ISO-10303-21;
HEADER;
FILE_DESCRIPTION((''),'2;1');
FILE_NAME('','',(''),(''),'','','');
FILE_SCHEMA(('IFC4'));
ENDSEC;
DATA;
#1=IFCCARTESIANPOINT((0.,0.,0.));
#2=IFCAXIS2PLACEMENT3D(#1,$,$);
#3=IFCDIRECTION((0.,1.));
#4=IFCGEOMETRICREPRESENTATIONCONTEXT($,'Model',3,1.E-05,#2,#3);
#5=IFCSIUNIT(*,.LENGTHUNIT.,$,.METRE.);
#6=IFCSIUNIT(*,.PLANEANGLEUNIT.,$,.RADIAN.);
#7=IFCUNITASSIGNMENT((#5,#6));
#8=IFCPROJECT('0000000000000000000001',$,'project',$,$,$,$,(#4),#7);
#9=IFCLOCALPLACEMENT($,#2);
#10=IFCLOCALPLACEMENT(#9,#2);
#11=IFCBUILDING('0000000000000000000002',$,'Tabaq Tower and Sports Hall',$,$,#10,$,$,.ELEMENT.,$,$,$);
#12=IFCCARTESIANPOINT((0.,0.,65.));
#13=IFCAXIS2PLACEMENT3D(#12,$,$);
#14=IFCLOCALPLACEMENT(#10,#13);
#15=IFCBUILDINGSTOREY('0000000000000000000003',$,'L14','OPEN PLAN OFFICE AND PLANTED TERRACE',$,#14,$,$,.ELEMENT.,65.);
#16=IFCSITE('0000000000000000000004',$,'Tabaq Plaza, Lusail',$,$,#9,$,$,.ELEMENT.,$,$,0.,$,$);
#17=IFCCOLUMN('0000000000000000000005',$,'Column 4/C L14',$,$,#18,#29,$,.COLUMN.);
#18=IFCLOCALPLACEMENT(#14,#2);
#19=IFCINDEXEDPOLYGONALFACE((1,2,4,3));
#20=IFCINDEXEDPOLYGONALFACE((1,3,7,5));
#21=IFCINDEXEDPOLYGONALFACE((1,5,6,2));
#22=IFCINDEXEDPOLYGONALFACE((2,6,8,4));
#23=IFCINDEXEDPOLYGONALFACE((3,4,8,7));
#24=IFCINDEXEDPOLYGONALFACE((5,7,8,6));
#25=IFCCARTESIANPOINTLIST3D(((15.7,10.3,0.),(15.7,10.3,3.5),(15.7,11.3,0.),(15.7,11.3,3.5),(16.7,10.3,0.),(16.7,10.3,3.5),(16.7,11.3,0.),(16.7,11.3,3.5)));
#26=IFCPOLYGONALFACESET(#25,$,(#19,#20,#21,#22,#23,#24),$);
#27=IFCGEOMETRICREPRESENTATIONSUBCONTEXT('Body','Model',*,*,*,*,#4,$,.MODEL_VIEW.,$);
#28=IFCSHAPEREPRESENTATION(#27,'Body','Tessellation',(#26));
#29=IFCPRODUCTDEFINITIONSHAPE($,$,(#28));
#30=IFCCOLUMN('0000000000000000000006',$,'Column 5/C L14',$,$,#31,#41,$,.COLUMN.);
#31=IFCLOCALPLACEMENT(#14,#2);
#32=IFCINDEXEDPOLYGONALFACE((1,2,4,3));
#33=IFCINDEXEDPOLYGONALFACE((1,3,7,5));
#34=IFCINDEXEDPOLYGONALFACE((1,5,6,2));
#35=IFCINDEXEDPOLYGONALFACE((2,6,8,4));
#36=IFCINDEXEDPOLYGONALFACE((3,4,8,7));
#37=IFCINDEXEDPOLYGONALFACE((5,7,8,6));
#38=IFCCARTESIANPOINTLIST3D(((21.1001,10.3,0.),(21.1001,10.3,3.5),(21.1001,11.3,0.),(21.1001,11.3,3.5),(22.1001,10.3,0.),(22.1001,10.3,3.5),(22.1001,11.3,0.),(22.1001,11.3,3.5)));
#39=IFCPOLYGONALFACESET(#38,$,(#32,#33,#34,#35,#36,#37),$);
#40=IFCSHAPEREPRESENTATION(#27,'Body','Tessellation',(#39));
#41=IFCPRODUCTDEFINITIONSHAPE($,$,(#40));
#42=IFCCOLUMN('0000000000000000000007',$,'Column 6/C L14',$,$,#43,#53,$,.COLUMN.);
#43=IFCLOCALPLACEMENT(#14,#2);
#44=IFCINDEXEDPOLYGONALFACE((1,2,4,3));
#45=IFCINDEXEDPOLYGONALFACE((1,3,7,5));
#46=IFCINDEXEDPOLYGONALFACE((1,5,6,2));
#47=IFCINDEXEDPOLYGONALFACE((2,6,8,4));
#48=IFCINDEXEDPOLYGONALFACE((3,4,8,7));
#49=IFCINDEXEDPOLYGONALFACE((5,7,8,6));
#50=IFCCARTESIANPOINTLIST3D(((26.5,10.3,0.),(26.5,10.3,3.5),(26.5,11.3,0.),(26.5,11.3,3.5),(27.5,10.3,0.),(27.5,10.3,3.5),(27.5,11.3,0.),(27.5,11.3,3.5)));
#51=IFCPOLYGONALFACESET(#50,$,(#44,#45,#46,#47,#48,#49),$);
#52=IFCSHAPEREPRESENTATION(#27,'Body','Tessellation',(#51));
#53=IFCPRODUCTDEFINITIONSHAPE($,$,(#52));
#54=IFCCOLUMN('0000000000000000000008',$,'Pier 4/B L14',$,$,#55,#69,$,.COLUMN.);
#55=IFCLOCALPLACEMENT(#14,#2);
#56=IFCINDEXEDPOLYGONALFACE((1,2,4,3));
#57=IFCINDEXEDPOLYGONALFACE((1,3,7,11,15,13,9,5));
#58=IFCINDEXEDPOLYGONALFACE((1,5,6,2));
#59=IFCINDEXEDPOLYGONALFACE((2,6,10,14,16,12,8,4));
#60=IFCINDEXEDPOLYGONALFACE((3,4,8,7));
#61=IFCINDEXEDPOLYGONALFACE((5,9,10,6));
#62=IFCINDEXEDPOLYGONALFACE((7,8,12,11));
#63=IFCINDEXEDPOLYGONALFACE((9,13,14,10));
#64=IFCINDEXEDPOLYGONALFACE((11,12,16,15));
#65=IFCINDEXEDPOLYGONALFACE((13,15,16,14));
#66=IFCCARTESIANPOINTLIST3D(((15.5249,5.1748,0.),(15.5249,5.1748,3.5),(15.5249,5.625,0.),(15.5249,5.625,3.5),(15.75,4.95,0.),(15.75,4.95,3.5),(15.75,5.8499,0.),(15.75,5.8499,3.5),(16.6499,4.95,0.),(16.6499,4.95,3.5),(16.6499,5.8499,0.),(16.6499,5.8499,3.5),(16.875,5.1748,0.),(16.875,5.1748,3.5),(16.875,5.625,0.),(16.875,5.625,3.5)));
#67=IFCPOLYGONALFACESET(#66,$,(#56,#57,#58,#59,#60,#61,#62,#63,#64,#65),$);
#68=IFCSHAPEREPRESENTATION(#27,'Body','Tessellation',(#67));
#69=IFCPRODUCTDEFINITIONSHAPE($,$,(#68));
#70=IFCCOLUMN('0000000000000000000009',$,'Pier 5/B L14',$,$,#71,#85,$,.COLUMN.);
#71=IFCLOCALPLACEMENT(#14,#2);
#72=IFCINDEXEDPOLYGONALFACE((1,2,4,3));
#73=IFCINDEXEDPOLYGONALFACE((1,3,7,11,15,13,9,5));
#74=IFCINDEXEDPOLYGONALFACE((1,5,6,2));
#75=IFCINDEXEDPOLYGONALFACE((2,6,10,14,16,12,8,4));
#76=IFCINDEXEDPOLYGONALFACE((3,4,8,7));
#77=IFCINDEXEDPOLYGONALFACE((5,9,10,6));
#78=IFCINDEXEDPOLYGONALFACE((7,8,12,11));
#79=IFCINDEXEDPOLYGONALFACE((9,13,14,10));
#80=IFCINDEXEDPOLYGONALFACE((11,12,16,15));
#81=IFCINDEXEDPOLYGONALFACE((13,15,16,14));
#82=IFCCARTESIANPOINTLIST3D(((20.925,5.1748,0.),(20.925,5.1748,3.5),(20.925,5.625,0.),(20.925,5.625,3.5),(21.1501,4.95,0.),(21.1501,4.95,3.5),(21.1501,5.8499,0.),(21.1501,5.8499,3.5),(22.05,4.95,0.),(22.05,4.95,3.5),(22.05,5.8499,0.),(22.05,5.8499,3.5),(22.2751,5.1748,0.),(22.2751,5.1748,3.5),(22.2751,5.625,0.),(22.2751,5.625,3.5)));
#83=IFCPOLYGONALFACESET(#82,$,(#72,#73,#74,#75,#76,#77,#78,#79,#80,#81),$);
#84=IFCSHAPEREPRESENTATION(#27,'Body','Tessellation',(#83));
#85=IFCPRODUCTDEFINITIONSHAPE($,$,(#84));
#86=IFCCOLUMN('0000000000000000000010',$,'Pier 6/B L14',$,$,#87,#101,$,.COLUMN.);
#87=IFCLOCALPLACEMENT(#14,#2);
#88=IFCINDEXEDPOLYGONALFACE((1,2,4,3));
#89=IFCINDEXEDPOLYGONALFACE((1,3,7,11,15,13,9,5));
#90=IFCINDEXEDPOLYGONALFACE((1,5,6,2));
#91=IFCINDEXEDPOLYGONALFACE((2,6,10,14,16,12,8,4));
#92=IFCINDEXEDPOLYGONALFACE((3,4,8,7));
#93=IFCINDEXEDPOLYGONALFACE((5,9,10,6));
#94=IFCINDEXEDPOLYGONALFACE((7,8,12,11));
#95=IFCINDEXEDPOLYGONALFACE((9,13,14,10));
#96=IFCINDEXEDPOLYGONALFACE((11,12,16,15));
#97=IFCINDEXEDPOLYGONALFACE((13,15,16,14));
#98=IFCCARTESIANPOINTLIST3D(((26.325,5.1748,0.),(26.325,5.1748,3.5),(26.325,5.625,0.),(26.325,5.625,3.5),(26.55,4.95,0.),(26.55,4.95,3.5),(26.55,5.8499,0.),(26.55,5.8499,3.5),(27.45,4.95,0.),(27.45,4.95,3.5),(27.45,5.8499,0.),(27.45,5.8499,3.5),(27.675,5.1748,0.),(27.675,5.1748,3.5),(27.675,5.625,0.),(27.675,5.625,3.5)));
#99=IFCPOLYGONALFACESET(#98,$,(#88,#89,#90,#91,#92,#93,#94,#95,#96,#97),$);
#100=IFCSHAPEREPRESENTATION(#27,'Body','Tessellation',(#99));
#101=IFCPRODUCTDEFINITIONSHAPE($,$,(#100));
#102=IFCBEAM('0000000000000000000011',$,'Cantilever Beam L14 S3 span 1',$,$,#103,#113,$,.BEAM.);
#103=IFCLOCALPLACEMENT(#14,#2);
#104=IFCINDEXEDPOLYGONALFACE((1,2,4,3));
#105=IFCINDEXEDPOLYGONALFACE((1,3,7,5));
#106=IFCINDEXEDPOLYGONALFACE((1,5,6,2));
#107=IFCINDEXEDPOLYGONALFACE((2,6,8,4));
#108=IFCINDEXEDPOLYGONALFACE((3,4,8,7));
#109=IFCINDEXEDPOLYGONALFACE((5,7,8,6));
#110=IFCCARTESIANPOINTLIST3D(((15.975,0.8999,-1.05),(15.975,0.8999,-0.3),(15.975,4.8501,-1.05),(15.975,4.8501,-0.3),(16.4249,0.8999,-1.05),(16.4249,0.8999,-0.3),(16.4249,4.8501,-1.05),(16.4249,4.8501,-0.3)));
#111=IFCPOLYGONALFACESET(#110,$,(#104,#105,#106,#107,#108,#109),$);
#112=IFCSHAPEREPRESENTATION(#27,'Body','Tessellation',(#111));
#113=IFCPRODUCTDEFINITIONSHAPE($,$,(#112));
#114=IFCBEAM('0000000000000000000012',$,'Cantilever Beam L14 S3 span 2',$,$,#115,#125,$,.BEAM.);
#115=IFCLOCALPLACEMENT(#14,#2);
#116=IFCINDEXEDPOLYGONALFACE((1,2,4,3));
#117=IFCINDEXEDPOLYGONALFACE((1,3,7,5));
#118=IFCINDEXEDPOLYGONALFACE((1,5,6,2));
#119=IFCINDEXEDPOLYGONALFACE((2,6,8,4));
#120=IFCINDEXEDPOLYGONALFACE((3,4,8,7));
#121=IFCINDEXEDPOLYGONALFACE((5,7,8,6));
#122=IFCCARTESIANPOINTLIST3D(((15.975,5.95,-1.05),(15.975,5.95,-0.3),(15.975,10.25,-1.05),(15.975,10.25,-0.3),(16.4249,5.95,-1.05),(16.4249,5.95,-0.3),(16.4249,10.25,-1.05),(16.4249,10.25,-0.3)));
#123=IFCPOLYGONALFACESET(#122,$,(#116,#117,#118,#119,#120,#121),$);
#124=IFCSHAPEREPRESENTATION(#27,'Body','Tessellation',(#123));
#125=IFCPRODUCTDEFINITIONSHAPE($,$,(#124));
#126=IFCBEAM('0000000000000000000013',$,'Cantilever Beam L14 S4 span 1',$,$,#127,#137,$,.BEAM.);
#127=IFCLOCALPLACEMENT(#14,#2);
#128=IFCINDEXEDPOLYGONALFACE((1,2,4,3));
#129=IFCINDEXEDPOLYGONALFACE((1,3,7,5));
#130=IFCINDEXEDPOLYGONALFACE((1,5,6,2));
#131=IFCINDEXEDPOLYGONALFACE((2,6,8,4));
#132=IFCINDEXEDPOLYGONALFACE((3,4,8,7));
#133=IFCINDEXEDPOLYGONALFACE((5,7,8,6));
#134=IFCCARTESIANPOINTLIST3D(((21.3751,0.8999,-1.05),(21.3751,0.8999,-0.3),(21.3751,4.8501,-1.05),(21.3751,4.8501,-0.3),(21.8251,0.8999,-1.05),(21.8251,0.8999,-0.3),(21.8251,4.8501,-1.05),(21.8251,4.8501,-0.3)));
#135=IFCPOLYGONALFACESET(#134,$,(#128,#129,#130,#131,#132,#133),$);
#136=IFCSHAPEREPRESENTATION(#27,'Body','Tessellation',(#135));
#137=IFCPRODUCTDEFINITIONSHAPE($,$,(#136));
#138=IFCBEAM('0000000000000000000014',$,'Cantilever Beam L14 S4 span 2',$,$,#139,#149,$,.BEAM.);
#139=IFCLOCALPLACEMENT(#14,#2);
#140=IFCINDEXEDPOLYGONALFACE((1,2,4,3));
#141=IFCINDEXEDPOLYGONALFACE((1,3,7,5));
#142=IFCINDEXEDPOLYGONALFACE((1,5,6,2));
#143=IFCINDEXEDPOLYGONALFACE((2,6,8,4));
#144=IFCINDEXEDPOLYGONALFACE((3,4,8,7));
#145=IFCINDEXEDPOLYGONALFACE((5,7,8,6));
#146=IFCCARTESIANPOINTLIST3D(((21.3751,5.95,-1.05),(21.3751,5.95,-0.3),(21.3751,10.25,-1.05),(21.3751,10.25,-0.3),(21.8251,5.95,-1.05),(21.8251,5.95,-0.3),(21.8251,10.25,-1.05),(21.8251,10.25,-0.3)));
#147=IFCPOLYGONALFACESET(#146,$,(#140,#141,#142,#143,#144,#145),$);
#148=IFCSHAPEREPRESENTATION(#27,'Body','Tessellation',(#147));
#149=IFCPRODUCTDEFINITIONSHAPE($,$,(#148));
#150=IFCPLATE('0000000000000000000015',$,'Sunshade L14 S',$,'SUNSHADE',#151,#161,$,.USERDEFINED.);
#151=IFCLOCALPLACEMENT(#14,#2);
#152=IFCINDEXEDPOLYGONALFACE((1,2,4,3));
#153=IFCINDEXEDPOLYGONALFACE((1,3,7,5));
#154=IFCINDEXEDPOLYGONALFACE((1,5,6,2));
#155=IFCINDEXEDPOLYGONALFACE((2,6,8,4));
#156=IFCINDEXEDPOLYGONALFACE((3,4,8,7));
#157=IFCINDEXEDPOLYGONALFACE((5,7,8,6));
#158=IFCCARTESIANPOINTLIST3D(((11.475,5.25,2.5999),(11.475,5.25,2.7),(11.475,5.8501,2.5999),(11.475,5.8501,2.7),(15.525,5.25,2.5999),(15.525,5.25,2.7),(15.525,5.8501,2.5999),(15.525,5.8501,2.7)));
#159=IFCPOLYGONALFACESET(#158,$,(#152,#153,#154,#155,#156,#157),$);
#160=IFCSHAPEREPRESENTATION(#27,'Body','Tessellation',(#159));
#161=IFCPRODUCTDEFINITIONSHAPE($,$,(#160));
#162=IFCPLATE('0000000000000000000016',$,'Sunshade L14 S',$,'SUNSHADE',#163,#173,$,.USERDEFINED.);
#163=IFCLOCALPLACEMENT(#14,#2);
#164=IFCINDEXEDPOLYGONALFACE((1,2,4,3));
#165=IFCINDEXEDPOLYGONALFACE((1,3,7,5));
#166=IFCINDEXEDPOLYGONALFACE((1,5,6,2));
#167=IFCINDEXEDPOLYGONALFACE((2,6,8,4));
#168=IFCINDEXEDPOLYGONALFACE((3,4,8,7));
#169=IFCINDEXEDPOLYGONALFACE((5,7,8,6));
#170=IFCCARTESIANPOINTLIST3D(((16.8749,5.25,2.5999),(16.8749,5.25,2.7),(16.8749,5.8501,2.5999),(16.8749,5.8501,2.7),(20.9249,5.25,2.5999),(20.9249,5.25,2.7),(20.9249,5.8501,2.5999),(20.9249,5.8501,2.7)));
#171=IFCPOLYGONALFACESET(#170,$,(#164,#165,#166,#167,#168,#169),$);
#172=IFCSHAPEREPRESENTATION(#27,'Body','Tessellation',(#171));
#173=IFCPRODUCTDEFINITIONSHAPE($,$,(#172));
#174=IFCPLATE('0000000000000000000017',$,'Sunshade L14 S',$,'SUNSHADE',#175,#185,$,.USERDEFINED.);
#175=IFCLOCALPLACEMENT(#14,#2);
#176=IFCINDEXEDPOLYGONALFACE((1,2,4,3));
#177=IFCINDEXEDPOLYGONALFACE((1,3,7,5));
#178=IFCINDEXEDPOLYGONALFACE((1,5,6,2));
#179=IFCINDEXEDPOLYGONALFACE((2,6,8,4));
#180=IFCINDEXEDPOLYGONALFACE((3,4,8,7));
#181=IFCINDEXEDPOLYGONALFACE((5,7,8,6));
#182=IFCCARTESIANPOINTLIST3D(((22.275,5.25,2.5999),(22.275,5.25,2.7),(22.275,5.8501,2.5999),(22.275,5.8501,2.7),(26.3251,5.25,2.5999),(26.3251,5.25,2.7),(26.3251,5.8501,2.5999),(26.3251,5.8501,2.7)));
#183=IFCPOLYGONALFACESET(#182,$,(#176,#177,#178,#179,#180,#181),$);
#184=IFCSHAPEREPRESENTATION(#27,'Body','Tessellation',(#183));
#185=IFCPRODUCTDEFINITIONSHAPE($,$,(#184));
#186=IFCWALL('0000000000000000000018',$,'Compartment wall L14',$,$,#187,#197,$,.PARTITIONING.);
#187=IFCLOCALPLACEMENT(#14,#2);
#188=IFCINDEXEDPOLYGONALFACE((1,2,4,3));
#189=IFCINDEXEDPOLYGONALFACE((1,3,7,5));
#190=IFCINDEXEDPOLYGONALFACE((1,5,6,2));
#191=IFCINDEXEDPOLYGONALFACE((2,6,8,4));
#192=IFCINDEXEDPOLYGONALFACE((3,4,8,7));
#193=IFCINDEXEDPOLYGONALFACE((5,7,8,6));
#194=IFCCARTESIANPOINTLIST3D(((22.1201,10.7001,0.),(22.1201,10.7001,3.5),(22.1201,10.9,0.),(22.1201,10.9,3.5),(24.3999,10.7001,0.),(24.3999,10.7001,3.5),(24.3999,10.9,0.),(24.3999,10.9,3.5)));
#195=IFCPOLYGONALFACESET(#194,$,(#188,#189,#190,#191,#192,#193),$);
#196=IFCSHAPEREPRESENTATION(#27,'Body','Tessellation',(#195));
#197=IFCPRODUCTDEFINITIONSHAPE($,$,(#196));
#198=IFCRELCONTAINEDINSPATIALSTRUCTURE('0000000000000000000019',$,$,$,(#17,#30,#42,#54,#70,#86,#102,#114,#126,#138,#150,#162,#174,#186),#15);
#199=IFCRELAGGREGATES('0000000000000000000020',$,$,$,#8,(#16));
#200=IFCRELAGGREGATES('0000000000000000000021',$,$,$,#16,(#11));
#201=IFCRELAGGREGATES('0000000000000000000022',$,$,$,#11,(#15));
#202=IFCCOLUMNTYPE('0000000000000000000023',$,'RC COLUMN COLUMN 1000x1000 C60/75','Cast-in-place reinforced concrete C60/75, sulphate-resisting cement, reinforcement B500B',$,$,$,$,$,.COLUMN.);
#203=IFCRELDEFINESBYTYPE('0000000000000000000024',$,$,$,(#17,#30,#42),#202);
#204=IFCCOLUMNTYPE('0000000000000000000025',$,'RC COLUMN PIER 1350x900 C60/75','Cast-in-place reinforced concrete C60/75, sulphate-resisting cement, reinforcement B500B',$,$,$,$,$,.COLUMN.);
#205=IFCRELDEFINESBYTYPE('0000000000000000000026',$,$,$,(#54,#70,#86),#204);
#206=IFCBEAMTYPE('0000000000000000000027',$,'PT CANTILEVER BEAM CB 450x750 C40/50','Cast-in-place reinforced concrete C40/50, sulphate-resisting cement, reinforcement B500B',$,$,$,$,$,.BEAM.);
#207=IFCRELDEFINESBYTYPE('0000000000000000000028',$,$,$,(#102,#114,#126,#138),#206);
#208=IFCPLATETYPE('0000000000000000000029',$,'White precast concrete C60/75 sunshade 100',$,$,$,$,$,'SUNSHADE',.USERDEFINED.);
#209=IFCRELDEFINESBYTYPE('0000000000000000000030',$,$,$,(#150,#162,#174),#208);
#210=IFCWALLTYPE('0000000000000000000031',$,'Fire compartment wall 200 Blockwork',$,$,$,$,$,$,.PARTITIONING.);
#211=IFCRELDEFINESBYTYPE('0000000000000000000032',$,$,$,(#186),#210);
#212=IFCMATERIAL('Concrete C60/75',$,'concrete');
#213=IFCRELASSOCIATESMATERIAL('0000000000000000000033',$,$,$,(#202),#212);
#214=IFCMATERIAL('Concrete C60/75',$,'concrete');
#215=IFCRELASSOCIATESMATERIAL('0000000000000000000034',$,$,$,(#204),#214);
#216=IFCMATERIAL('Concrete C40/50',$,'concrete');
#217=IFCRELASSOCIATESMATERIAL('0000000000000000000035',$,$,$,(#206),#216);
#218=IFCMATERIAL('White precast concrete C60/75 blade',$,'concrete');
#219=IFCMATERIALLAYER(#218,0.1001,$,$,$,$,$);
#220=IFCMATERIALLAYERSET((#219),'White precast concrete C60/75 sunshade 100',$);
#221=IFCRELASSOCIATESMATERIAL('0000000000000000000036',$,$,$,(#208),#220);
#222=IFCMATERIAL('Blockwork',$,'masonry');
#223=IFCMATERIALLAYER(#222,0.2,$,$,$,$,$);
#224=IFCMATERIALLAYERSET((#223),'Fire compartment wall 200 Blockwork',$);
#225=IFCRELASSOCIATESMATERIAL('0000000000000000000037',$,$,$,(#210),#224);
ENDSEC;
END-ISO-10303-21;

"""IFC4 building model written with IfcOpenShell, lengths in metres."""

from ifc_helpers import new_model, si_unit, direction, frame, frame_2d, origin, origin_2d, place, context, subcontext, project, spatial, polyline, rectangle, outline, extrude, material, layer, layer_set, material_profile, profile_set, type_object, element, save


model = new_model("IFC4")

# Units and contexts
model_context = context("Model", 3, precision=1e-05, world=origin(), true_north=direction((0.0, 1.0)))
body_context = subcontext(model_context, "Body", "Model", "MODEL_VIEW")
ifc_project = project(units=[si_unit("LENGTHUNIT", "METRE"), si_unit("PLANEANGLEUNIT", "RADIAN")], contexts=[model_context])

# Site, building, storey
site_placement = place(None, origin())
site = spatial("IfcSite", under=ifc_project, at=site_placement, Name="Tabaq Plaza, Lusail", CompositionType="ELEMENT", RefElevation=0.0)
building_placement = place(site_placement, origin())
building = spatial("IfcBuilding", under=site, at=building_placement, Name="Tabaq Tower and Sports Hall", CompositionType="ELEMENT")
storey_placement = place(building_placement, frame((0.0, 0.0, 65.0)))
storey = spatial("IfcBuildingStorey", under=building, at=storey_placement, Name="L14", Description="OPEN PLAN OFFICE AND PLANTED TERRACE", CompositionType="ELEMENT", Elevation=65.0)

# Columns
ifc_material_1 = material(Name="Concrete C60/75", Category="concrete")
ifc_material_profile_1 = material_profile(ifc_material_1, rectangle(XDim=1.0, YDim=1.0, at=origin_2d()), Name="COLUMN 1000x1000")
ifc_profile_set_1 = profile_set([ifc_material_profile_1], Name="Concrete C60/75")
column_type_1 = type_object("IfcColumnType", Name="RC COLUMN COLUMN 1000x1000 C60/75", Description="Cast-in-place reinforced concrete C60/75, sulphate-resisting cement, reinforcement B500B", PredefinedType="COLUMN", material=ifc_profile_set_1)
for number, where, z_axis, x_axis, name in (
    (1, (16.2, 10.8, 0.0), (0.0, 0.0, 1.0), (1.0, 0.0, 0.0), "Column 4/C L14"),
    (2, (21.6001, 10.8, 0.0), (0.0, 0.0, 1.0), (1.0, 0.0, 0.0), "Column 5/C L14"),
    (3, (27.0, 10.8, 0.0), (0.0, 0.0, 1.0), (1.0, 0.0, 0.0), "Column 6/C L14"),
):
    element("IfcColumn", number, at=place(storey_placement, frame(where, z_axis=z_axis, x_axis=x_axis)), inside=storey, type_object=column_type_1, Name=name, PredefinedType="COLUMN", context=body_context, shape_type="SweptSolid", body=[
        extrude(rectangle(XDim=1.0, YDim=1.0, at=origin_2d()), origin(), (0.0, 0.0, 1.0), 3.5),
    ])
ifc_material_2 = material(Name="Concrete C60/75", Category="concrete")
ifc_material_profile_2 = material_profile(ifc_material_2, outline(polyline([(-0.45, -0.45), (0.45, -0.45), (0.675, -0.2251), (0.675, 0.2251), (0.45, 0.45), (-0.45, 0.45), (-0.675, 0.2251), (-0.675, -0.2251), (-0.45, -0.45)])), Name="PIER 1350x900")
ifc_profile_set_2 = profile_set([ifc_material_profile_2], Name="Concrete C60/75")
column_type_2 = type_object("IfcColumnType", Name="RC COLUMN PIER 1350x900 C60/75", Description="Cast-in-place reinforced concrete C60/75, sulphate-resisting cement, reinforcement B500B", PredefinedType="COLUMN", material=ifc_profile_set_2)
for number, where, z_axis, x_axis, name in (
    (4, (16.2, 5.3999, 0.0), (0.0, 0.0, 1.0), (1.0, 0.0, 0.0), "Pier 4/B L14"),
    (5, (21.6001, 5.3999, 0.0), (0.0, 0.0, 1.0), (1.0, 0.0, 0.0), "Pier 5/B L14"),
    (6, (27.0, 5.3999, 0.0), (0.0, 0.0, 1.0), (1.0, 0.0, 0.0), "Pier 6/B L14"),
):
    element("IfcColumn", number, at=place(storey_placement, frame(where, z_axis=z_axis, x_axis=x_axis)), inside=storey, type_object=column_type_2, Name=name, PredefinedType="COLUMN", context=body_context, shape_type="SweptSolid", body=[
        extrude(outline(polyline([(-0.45, -0.45), (0.45, -0.45), (0.675, -0.2251), (0.675, 0.2251), (0.45, 0.45), (-0.45, 0.45), (-0.675, 0.2251), (-0.675, -0.2251), (-0.45, -0.45)])), origin(), (0.0, 0.0, 1.0), 3.5),
    ])

# Beams
ifc_material_3 = material(Name="Concrete C40/50", Category="concrete")
ifc_material_profile_3 = material_profile(ifc_material_3, rectangle(XDim=0.45, YDim=0.75, at=origin_2d()), Name="CB 450x750")
ifc_profile_set_3 = profile_set([ifc_material_profile_3], Name="Concrete C40/50")
beam_type = type_object("IfcBeamType", Name="PT CANTILEVER BEAM CB 450x750 C40/50", Description="Cast-in-place reinforced concrete C40/50, sulphate-resisting cement, reinforcement B500B", PredefinedType="BEAM", material=ifc_profile_set_3)
beam_1_placement = place(storey_placement, frame((16.2, 0.8999, -0.675), z_axis=(0.0, 1.0, 0.0), x_axis=(-1.0, 0.0, 0.0)))
element("IfcBeam", 7, at=beam_1_placement, inside=storey, type_object=beam_type, Name="Cantilever Beam L14 S3 span 1", PredefinedType="BEAM", context=body_context, shape_type="SweptSolid", body=[
    extrude(rectangle(XDim=0.45, YDim=0.75, at=origin_2d()), origin(), (0.0, 0.0, 1.0), 3.9502),
])
beam_2_placement = place(storey_placement, frame((16.2, 5.95, -0.675), z_axis=(0.0, 1.0, 0.0), x_axis=(-1.0, 0.0, 0.0)))
element("IfcBeam", 8, at=beam_2_placement, inside=storey, type_object=beam_type, Name="Cantilever Beam L14 S3 span 2", PredefinedType="BEAM", context=body_context, shape_type="SweptSolid", body=[
    extrude(rectangle(XDim=0.45, YDim=0.75, at=origin_2d()), origin(), (0.0, 0.0, 1.0), 4.3),
])
beam_3_placement = place(storey_placement, frame((21.6001, 0.8999, -0.675), z_axis=(0.0, 1.0, 0.0), x_axis=(-1.0, 0.0, 0.0)))
element("IfcBeam", 9, at=beam_3_placement, inside=storey, type_object=beam_type, Name="Cantilever Beam L14 S4 span 1", PredefinedType="BEAM", context=body_context, shape_type="SweptSolid", body=[
    extrude(rectangle(XDim=0.45, YDim=0.75, at=origin_2d()), origin(), (0.0, 0.0, 1.0), 3.9502),
])
beam_4_placement = place(storey_placement, frame((21.6001, 5.95, -0.675), z_axis=(0.0, 1.0, 0.0), x_axis=(-1.0, 0.0, 0.0)))
element("IfcBeam", 10, at=beam_4_placement, inside=storey, type_object=beam_type, Name="Cantilever Beam L14 S4 span 2", PredefinedType="BEAM", context=body_context, shape_type="SweptSolid", body=[
    extrude(rectangle(XDim=0.45, YDim=0.75, at=origin_2d()), origin(), (0.0, 0.0, 1.0), 4.3),
])

# Plates
ifc_material_4 = material(Name="White precast concrete C60/75 blade", Category="concrete")
ifc_layer_1 = layer(ifc_material_4, 0.1001)
ifc_layer_set_1 = layer_set([ifc_layer_1], Name="White precast concrete C60/75 sunshade 100")
plate_type = type_object("IfcPlateType", Name="White precast concrete C60/75 sunshade 100", ElementType="SUNSHADE", PredefinedType="USERDEFINED", material=ifc_layer_set_1)
for number, where, z_axis, x_axis, name in (
    (11, (13.5, 5.55, 2.5999), (0.0, 0.0, 1.0), (1.0, 0.0, 0.0), "Sunshade L14 S"),
    (12, (18.8999, 5.55, 2.5999), (0.0, 0.0, 1.0), (1.0, 0.0, 0.0), "Sunshade L14 S"),
    (13, (24.3, 5.55, 2.5999), (0.0, 0.0, 1.0), (1.0, 0.0, 0.0), "Sunshade L14 S"),
):
    element("IfcPlate", number, at=place(storey_placement, frame(where, z_axis=z_axis, x_axis=x_axis)), inside=storey, type_object=plate_type, Name=name, ObjectType="SUNSHADE", PredefinedType="USERDEFINED", context=body_context, shape_type="SweptSolid", body=[
        extrude(rectangle(XDim=4.05, YDim=0.6001, at=origin_2d()), origin(), (0.0, 0.0, 1.0), 0.1001),
    ])

# Wall
ifc_material_5 = material(Name="Blockwork", Category="masonry")
ifc_layer_2 = layer(ifc_material_5, 0.2)
ifc_layer_set_2 = layer_set([ifc_layer_2], Name="Fire compartment wall 200 Blockwork")
wall_type_1 = type_object("IfcWallType", Name="Fire compartment wall 200 Blockwork", PredefinedType="PARTITIONING", material=ifc_layer_set_2)
wall_1_placement = place(storey_placement, frame((22.1201, 10.8, 0.0), z_axis=(0.0, 0.0, 1.0), x_axis=(1.0, 0.0, 0.0)))
element("IfcWall", 14, at=wall_1_placement, inside=storey, type_object=wall_type_1, Name="Compartment wall L14", PredefinedType="PARTITIONING", context=body_context, shape_type="SweptSolid", body=[
    extrude(rectangle(XDim=2.2798, YDim=0.2, at=frame_2d((1.1399, 0.0))), origin(), (0.0, 0.0, 1.0), 3.5),
])

save(model, "model.ifc")
